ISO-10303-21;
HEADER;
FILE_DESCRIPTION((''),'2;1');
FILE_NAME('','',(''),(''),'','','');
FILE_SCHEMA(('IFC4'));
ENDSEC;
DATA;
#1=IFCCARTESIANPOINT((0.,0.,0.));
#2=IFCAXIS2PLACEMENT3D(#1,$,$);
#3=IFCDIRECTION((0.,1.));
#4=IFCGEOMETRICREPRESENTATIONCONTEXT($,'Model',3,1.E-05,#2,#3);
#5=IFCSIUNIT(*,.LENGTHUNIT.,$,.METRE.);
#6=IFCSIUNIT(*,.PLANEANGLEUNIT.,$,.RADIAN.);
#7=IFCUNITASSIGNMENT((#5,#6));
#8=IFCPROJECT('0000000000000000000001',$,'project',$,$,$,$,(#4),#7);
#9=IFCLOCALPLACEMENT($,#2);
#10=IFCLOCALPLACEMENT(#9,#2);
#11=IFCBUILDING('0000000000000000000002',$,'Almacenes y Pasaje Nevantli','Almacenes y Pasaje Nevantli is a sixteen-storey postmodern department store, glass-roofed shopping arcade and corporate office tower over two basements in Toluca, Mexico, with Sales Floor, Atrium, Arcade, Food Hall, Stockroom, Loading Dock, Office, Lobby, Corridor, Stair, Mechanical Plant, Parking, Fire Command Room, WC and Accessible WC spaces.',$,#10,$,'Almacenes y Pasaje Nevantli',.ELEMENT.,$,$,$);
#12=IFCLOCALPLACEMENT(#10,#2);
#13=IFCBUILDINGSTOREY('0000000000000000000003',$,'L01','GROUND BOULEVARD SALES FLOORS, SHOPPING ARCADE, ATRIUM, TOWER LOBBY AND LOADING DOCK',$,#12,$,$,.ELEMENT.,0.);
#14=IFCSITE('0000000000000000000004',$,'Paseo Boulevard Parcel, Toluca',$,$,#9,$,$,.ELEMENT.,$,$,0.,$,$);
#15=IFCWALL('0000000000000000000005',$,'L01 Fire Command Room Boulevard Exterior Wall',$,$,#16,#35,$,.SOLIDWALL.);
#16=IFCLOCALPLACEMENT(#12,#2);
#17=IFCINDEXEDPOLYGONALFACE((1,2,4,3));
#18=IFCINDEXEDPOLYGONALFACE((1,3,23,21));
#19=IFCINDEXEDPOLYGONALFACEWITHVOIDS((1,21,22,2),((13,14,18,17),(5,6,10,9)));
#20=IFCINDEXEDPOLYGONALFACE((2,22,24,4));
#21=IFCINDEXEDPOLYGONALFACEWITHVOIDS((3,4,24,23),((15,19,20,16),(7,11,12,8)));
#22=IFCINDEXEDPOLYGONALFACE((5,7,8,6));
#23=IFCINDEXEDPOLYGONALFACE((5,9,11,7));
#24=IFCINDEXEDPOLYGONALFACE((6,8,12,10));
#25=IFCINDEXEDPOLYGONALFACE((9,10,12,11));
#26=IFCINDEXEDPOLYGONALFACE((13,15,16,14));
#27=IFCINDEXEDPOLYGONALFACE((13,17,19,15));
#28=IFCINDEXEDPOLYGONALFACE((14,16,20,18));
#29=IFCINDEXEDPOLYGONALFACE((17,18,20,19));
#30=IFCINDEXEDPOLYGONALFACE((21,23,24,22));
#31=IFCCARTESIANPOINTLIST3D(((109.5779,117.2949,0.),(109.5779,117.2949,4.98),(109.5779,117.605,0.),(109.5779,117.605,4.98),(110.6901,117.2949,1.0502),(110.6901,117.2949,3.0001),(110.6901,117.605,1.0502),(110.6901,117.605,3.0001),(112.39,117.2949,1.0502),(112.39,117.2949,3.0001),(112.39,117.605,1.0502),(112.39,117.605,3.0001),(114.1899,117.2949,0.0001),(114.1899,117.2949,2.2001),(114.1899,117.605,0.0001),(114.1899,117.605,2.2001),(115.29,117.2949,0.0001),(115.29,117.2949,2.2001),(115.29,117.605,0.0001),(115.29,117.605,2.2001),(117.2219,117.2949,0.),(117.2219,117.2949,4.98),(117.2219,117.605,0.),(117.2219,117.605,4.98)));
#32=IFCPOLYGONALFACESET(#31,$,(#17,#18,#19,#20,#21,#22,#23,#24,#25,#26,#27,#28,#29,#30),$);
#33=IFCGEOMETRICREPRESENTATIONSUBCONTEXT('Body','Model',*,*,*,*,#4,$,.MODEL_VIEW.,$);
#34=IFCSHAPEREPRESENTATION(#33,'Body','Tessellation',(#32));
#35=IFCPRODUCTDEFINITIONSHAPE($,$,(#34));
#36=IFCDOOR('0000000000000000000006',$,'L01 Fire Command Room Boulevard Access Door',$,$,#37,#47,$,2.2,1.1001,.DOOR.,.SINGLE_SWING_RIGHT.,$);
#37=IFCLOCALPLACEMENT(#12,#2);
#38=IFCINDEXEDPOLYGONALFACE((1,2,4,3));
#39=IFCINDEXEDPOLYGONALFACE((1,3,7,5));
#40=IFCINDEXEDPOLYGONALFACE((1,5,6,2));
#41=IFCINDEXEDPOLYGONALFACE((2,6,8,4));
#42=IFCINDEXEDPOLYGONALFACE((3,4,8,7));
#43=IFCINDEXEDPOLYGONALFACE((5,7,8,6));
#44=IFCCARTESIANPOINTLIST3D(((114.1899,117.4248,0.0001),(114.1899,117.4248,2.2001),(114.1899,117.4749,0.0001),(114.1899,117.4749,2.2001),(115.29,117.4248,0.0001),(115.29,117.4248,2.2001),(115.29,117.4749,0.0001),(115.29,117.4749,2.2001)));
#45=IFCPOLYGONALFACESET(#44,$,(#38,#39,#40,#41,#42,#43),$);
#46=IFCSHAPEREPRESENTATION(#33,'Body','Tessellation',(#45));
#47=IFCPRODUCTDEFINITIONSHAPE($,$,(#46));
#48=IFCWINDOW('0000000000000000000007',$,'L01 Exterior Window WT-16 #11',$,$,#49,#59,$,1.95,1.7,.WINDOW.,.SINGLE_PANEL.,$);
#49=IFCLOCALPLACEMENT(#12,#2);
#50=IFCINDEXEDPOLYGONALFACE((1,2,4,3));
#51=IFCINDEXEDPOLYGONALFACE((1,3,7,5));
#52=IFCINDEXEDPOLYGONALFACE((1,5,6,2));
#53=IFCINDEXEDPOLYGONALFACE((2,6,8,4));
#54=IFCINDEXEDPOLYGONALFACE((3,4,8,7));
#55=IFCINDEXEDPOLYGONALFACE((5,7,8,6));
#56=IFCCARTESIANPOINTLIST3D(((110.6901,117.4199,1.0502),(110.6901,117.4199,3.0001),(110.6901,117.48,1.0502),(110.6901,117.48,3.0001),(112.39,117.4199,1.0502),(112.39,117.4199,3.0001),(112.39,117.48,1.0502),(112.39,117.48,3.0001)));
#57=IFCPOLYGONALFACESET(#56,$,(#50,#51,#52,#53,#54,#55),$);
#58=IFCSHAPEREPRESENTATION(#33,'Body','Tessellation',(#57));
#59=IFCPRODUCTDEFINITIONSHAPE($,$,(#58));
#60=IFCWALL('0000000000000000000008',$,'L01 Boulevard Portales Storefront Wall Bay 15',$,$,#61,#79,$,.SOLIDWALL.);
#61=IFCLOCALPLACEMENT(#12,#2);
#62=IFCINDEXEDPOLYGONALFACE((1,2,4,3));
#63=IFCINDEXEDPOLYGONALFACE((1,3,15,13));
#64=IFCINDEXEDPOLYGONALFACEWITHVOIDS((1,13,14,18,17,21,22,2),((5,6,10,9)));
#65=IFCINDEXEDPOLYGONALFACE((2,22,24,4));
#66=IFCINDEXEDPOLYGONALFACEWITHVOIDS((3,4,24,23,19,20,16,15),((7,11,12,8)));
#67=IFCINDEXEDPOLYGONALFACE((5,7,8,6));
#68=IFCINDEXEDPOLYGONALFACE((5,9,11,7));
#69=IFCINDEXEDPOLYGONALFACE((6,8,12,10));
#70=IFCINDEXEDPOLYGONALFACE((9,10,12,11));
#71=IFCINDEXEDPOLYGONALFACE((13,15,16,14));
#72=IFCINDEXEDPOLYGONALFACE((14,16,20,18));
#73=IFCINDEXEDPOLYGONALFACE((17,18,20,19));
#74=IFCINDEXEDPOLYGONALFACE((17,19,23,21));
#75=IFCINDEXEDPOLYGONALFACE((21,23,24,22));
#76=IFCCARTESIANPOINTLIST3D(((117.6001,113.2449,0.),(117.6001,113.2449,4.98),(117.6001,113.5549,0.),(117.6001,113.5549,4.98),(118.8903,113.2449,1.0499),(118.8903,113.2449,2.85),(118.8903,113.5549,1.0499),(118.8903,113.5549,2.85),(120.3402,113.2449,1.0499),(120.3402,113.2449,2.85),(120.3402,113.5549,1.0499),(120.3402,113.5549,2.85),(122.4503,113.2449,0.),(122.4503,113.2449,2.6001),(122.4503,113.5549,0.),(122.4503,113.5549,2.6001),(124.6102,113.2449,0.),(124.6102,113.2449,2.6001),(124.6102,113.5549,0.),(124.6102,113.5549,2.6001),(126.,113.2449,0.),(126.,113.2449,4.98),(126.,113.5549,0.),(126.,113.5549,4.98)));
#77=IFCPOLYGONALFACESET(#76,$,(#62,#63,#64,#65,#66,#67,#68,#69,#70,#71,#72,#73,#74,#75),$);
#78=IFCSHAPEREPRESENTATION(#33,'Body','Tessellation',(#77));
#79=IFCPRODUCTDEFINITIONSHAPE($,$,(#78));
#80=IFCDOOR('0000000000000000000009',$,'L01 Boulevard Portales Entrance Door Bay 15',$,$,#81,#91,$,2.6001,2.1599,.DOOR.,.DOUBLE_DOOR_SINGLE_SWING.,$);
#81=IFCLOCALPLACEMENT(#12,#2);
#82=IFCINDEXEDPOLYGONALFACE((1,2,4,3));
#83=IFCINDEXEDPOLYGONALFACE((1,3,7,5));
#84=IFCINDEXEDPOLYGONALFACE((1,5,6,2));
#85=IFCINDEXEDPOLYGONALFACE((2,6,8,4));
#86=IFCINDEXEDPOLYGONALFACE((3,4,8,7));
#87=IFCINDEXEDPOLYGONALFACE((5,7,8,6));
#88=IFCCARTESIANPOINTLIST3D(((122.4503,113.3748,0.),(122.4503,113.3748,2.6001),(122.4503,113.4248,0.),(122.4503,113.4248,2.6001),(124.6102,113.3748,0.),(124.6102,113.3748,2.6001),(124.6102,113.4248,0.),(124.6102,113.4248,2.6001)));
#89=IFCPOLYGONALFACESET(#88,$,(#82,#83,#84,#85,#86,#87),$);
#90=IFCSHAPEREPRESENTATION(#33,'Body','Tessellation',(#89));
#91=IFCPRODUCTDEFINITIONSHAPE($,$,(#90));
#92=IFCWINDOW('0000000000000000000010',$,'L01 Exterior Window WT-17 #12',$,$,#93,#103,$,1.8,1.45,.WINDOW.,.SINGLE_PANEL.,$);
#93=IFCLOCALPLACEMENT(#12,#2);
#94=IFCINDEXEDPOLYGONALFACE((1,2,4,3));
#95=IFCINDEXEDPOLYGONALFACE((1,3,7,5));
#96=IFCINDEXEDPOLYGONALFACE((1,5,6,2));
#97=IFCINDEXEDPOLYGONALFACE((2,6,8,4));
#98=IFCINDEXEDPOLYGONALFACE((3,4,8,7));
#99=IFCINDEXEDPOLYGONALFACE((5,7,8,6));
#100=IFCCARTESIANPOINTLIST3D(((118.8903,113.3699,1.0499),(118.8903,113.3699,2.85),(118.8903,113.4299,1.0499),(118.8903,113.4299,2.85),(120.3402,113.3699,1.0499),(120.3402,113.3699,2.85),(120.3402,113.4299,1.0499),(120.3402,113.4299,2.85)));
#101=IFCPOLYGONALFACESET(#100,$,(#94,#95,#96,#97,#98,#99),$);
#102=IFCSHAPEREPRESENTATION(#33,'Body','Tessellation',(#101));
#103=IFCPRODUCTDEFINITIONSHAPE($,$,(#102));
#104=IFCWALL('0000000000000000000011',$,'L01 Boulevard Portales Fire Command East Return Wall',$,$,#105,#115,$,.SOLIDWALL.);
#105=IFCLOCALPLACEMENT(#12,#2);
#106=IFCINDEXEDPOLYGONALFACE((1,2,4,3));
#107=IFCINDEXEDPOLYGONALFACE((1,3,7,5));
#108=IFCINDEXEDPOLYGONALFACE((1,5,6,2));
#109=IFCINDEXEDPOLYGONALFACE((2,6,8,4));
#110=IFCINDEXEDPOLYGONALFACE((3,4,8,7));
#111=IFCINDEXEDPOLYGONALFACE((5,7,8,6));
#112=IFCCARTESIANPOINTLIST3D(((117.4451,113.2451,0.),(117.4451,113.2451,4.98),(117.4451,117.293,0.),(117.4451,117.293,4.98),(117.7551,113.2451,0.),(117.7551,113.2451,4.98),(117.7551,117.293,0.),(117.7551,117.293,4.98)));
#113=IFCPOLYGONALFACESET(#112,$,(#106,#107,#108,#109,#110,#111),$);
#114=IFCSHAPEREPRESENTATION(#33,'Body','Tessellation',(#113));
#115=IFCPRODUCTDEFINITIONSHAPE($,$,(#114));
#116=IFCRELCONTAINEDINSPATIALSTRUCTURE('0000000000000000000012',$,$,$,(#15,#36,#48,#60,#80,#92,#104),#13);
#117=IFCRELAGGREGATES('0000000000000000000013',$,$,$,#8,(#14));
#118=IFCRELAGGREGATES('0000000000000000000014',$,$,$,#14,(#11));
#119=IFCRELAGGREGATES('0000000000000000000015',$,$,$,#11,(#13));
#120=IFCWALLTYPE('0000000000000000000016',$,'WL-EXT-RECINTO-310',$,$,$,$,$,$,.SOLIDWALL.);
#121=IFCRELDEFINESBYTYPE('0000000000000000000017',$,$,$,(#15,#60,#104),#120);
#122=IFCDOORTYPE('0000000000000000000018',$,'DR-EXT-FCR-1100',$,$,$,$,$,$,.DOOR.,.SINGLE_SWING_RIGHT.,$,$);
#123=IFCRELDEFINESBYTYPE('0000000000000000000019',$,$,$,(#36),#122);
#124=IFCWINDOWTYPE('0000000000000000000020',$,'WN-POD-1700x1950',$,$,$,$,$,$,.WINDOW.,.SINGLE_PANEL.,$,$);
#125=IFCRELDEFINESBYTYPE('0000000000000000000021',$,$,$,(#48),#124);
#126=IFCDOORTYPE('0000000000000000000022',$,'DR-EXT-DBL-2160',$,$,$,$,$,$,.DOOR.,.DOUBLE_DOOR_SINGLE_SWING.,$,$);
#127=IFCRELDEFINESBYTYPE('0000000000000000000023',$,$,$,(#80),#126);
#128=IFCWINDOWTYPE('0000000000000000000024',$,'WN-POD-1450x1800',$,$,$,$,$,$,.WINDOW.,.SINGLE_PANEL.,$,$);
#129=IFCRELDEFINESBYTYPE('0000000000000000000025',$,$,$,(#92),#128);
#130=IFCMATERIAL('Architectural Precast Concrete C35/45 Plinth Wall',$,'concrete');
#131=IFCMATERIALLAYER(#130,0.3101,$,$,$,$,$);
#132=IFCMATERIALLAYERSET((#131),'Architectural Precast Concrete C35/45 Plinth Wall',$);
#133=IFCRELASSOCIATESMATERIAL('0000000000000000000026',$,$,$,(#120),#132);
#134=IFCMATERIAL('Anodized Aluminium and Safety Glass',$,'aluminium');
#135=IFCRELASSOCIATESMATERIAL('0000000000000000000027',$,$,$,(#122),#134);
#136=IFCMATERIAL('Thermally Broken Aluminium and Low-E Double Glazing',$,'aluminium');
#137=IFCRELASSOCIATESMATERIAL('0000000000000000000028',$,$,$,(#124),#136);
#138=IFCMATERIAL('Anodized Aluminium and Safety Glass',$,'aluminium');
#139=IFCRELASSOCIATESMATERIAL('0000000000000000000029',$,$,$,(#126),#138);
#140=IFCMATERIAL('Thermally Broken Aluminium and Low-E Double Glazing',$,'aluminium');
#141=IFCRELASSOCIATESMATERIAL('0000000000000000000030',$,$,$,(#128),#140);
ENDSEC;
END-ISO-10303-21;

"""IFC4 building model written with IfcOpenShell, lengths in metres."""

from ifc_helpers import new_model, si_unit, direction, frame, frame_2d, origin, place, context, subcontext, project, spatial, rectangle, extrude, material, layer, layer_set, type_object, element, fill, save


model = new_model("IFC4")

# Units and contexts
model_context = context("Model", 3, precision=1e-05, world=origin(), true_north=direction((0.0, 1.0)))
body_context = subcontext(model_context, "Body", "Model", "MODEL_VIEW")
ifc_project = project(units=[si_unit("LENGTHUNIT", "METRE"), si_unit("PLANEANGLEUNIT", "RADIAN")], contexts=[model_context])

# Site, building, storey
site_placement = place(None, origin())
site = spatial("IfcSite", under=ifc_project, at=site_placement, Name="Paseo Boulevard Parcel, Toluca", CompositionType="ELEMENT", RefElevation=0.0)
building_placement = place(site_placement, origin())
building = spatial("IfcBuilding", under=site, at=building_placement, Name="Almacenes y Pasaje Nevantli", Description="Almacenes y Pasaje Nevantli is a sixteen-storey postmodern department store, glass-roofed shopping arcade and corporate office tower over two basements in Toluca, Mexico, with Sales Floor, Atrium, Arcade, Food Hall, Stockroom, Loading Dock, Office, Lobby, Corridor, Stair, Mechanical Plant, Parking, Fire Command Room, WC and Accessible WC spaces.", LongName="Almacenes y Pasaje Nevantli", CompositionType="ELEMENT")
storey_placement = place(building_placement, origin())
storey = spatial("IfcBuildingStorey", under=building, at=storey_placement, Name="L01", Description="GROUND BOULEVARD SALES FLOORS, SHOPPING ARCADE, ATRIUM, TOWER LOBBY AND LOADING DOCK", CompositionType="ELEMENT", Elevation=0.0)

# Shared definitions
ifc_material_1 = material(Name="Architectural Precast Concrete C35/45 Plinth Wall", Category="concrete")
ifc_layer_1 = layer(ifc_material_1, 0.3101)
ifc_layer_set_1 = layer_set([ifc_layer_1], Name="Architectural Precast Concrete C35/45 Plinth Wall")
wall_type_1 = type_object("IfcWallType", Name="WL-EXT-RECINTO-310", PredefinedType="SOLIDWALL", material=ifc_layer_set_1)

# Walls, openings, doors, windows
wall_1_placement = place(storey_placement, frame((109.5779, 117.45, 0.0), z_axis=(0.0, 0.0, 1.0), x_axis=(1.0, 0.0, 0.0)))
wall_1 = element("IfcWall", 1, at=wall_1_placement, inside=storey, type_object=wall_type_1, Name="L01 Fire Command Room Boulevard Exterior Wall", PredefinedType="SOLIDWALL", context=body_context, shape_type="SweptSolid", body=[
    extrude(rectangle(XDim=7.644, YDim=0.3101, at=frame_2d((3.822, 0.0))), origin(), (0.0, 0.0, 1.0), 4.98),
])
opening_1_placement = place(wall_1_placement, frame((1.1121, 0.0, 1.05)))
opening_1 = element("IfcOpeningElement", 2, at=opening_1_placement, cuts=wall_1, PredefinedType="OPENING", context=body_context, shape_type="SweptSolid", body=[
    extrude(rectangle(XDim=1.7, YDim=1.95, at=frame_2d((0.8501, 0.9751))), frame((0.0, 0.165, 0.0), z_axis=(0.0, -1.0, 0.0), x_axis=(1.0, 0.0, 0.0)), (0.0, 0.0, 1.0), 0.3301),
])
opening_2_placement = place(wall_1_placement, frame((4.6121, 0.0, 0.0)))
opening_2 = element("IfcOpeningElement", 3, at=opening_2_placement, cuts=wall_1, PredefinedType="OPENING", context=body_context, shape_type="SweptSolid", body=[
    extrude(rectangle(XDim=1.1001, YDim=2.2, at=frame_2d((0.55, 1.1001))), frame((0.0, 0.165, 0.0), z_axis=(0.0, -1.0, 0.0), x_axis=(1.0, 0.0, 0.0)), (0.0, 0.0, 1.0), 0.3301),
])
ifc_material_2 = material(Name="Anodized Aluminium and Safety Glass", Category="aluminium")
door_type_1 = type_object("IfcDoorType", Name="DR-EXT-FCR-1100", OperationType="SINGLE_SWING_RIGHT", PredefinedType="DOOR", material=ifc_material_2)
door_1_placement = place(opening_2_placement, origin())
door_1 = element("IfcDoor", 4, at=door_1_placement, inside=storey, type_object=door_type_1, Name="L01 Fire Command Room Boulevard Access Door", OperationType="SINGLE_SWING_RIGHT", OverallHeight=2.2, OverallWidth=1.1001, PredefinedType="DOOR", context=body_context, shape_type="SweptSolid", body=[
    extrude(rectangle(XDim=1.1001, YDim=2.2, at=frame_2d((0.55, 1.1001))), frame((0.0, 0.0249, 0.0), z_axis=(0.0, -1.0, 0.0), x_axis=(1.0, 0.0, 0.0)), (0.0, 0.0, 1.0), 0.05),
])
fill(opening_2, door_1)
ifc_material_3 = material(Name="Thermally Broken Aluminium and Low-E Double Glazing", Category="aluminium")
window_type_1 = type_object("IfcWindowType", Name="WN-POD-1700x1950", PartitioningType="SINGLE_PANEL", PredefinedType="WINDOW", material=ifc_material_3)
window_1_placement = place(opening_1_placement, origin())
window_1 = element("IfcWindow", 5, at=window_1_placement, inside=storey, type_object=window_type_1, Name="L01 Exterior Window WT-16 #11", OverallHeight=1.95, OverallWidth=1.7, PartitioningType="SINGLE_PANEL", PredefinedType="WINDOW", context=body_context, shape_type="SweptSolid", body=[
    extrude(rectangle(XDim=1.7, YDim=1.95, at=frame_2d((0.8501, 0.9751))), frame((0.0, 0.03, 0.0), z_axis=(0.0, -1.0, 0.0), x_axis=(1.0, 0.0, 0.0)), (0.0, 0.0, 1.0), 0.0601),
])
fill(opening_1, window_1)
wall_2_placement = place(storey_placement, frame((117.6001, 113.3999, 0.0), z_axis=(0.0, 0.0, 1.0), x_axis=(1.0, 0.0, 0.0)))
wall_2 = element("IfcWall", 6, at=wall_2_placement, inside=storey, type_object=wall_type_1, Name="L01 Boulevard Portales Storefront Wall Bay 15", PredefinedType="SOLIDWALL", context=body_context, shape_type="SweptSolid", body=[
    extrude(rectangle(XDim=8.3999, YDim=0.3101, at=frame_2d((4.2, 0.0))), origin(), (0.0, 0.0, 1.0), 4.98),
])
opening_3_placement = place(wall_2_placement, frame((1.29, 0.0, 1.05)))
opening_3 = element("IfcOpeningElement", 7, at=opening_3_placement, cuts=wall_2, PredefinedType="OPENING", context=body_context, shape_type="SweptSolid", body=[
    extrude(rectangle(XDim=1.45, YDim=1.8, at=frame_2d((0.7251, 0.8999))), frame((0.0, 0.165, 0.0), z_axis=(0.0, -1.0, 0.0), x_axis=(1.0, 0.0, 0.0)), (0.0, 0.0, 1.0), 0.3301),
])
opening_4_placement = place(wall_2_placement, frame((4.8501, 0.0, 0.0)))
opening_4 = element("IfcOpeningElement", 8, at=opening_4_placement, cuts=wall_2, PredefinedType="OPENING", context=body_context, shape_type="SweptSolid", body=[
    extrude(rectangle(XDim=2.1599, YDim=2.6001, at=frame_2d((1.0801, 1.3))), frame((0.0, 0.165, 0.0), z_axis=(0.0, -1.0, 0.0), x_axis=(1.0, 0.0, 0.0)), (0.0, 0.0, 1.0), 0.3301),
])
ifc_material_4 = material(Name="Anodized Aluminium and Safety Glass", Category="aluminium")
door_type_2 = type_object("IfcDoorType", Name="DR-EXT-DBL-2160", OperationType="DOUBLE_DOOR_SINGLE_SWING", PredefinedType="DOOR", material=ifc_material_4)
door_2_placement = place(opening_4_placement, origin())
door_2 = element("IfcDoor", 9, at=door_2_placement, inside=storey, type_object=door_type_2, Name="L01 Boulevard Portales Entrance Door Bay 15", OperationType="DOUBLE_DOOR_SINGLE_SWING", OverallHeight=2.6001, OverallWidth=2.1599, PredefinedType="DOOR", context=body_context, shape_type="SweptSolid", body=[
    extrude(rectangle(XDim=2.1599, YDim=2.6001, at=frame_2d((1.0801, 1.3))), frame((0.0, 0.0249, 0.0), z_axis=(0.0, -1.0, 0.0), x_axis=(1.0, 0.0, 0.0)), (0.0, 0.0, 1.0), 0.05),
])
fill(opening_4, door_2)
ifc_material_5 = material(Name="Thermally Broken Aluminium and Low-E Double Glazing", Category="aluminium")
window_type_2 = type_object("IfcWindowType", Name="WN-POD-1450x1800", PartitioningType="SINGLE_PANEL", PredefinedType="WINDOW", material=ifc_material_5)
window_2_placement = place(opening_3_placement, origin())
window_2 = element("IfcWindow", 10, at=window_2_placement, inside=storey, type_object=window_type_2, Name="L01 Exterior Window WT-17 #12", OverallHeight=1.8, OverallWidth=1.45, PartitioningType="SINGLE_PANEL", PredefinedType="WINDOW", context=body_context, shape_type="SweptSolid", body=[
    extrude(rectangle(XDim=1.45, YDim=1.8, at=frame_2d((0.7251, 0.8999))), frame((0.0, 0.03, 0.0), z_axis=(0.0, -1.0, 0.0), x_axis=(1.0, 0.0, 0.0)), (0.0, 0.0, 1.0), 0.0601),
])
fill(opening_3, window_2)

# Wall
wall_3_placement = place(storey_placement, frame((117.6001, 113.2451, 0.0), z_axis=(0.0, 0.0, 1.0), x_axis=(0.0, 1.0, 0.0)))
element("IfcWall", 11, at=wall_3_placement, inside=storey, type_object=wall_type_1, Name="L01 Boulevard Portales Fire Command East Return Wall", PredefinedType="SOLIDWALL", context=body_context, shape_type="SweptSolid", body=[
    extrude(rectangle(XDim=4.0479, YDim=0.3101, at=frame_2d((2.0239, 0.0))), origin(), (0.0, 0.0, 1.0), 4.98),
])

save(model, "model.ifc")
